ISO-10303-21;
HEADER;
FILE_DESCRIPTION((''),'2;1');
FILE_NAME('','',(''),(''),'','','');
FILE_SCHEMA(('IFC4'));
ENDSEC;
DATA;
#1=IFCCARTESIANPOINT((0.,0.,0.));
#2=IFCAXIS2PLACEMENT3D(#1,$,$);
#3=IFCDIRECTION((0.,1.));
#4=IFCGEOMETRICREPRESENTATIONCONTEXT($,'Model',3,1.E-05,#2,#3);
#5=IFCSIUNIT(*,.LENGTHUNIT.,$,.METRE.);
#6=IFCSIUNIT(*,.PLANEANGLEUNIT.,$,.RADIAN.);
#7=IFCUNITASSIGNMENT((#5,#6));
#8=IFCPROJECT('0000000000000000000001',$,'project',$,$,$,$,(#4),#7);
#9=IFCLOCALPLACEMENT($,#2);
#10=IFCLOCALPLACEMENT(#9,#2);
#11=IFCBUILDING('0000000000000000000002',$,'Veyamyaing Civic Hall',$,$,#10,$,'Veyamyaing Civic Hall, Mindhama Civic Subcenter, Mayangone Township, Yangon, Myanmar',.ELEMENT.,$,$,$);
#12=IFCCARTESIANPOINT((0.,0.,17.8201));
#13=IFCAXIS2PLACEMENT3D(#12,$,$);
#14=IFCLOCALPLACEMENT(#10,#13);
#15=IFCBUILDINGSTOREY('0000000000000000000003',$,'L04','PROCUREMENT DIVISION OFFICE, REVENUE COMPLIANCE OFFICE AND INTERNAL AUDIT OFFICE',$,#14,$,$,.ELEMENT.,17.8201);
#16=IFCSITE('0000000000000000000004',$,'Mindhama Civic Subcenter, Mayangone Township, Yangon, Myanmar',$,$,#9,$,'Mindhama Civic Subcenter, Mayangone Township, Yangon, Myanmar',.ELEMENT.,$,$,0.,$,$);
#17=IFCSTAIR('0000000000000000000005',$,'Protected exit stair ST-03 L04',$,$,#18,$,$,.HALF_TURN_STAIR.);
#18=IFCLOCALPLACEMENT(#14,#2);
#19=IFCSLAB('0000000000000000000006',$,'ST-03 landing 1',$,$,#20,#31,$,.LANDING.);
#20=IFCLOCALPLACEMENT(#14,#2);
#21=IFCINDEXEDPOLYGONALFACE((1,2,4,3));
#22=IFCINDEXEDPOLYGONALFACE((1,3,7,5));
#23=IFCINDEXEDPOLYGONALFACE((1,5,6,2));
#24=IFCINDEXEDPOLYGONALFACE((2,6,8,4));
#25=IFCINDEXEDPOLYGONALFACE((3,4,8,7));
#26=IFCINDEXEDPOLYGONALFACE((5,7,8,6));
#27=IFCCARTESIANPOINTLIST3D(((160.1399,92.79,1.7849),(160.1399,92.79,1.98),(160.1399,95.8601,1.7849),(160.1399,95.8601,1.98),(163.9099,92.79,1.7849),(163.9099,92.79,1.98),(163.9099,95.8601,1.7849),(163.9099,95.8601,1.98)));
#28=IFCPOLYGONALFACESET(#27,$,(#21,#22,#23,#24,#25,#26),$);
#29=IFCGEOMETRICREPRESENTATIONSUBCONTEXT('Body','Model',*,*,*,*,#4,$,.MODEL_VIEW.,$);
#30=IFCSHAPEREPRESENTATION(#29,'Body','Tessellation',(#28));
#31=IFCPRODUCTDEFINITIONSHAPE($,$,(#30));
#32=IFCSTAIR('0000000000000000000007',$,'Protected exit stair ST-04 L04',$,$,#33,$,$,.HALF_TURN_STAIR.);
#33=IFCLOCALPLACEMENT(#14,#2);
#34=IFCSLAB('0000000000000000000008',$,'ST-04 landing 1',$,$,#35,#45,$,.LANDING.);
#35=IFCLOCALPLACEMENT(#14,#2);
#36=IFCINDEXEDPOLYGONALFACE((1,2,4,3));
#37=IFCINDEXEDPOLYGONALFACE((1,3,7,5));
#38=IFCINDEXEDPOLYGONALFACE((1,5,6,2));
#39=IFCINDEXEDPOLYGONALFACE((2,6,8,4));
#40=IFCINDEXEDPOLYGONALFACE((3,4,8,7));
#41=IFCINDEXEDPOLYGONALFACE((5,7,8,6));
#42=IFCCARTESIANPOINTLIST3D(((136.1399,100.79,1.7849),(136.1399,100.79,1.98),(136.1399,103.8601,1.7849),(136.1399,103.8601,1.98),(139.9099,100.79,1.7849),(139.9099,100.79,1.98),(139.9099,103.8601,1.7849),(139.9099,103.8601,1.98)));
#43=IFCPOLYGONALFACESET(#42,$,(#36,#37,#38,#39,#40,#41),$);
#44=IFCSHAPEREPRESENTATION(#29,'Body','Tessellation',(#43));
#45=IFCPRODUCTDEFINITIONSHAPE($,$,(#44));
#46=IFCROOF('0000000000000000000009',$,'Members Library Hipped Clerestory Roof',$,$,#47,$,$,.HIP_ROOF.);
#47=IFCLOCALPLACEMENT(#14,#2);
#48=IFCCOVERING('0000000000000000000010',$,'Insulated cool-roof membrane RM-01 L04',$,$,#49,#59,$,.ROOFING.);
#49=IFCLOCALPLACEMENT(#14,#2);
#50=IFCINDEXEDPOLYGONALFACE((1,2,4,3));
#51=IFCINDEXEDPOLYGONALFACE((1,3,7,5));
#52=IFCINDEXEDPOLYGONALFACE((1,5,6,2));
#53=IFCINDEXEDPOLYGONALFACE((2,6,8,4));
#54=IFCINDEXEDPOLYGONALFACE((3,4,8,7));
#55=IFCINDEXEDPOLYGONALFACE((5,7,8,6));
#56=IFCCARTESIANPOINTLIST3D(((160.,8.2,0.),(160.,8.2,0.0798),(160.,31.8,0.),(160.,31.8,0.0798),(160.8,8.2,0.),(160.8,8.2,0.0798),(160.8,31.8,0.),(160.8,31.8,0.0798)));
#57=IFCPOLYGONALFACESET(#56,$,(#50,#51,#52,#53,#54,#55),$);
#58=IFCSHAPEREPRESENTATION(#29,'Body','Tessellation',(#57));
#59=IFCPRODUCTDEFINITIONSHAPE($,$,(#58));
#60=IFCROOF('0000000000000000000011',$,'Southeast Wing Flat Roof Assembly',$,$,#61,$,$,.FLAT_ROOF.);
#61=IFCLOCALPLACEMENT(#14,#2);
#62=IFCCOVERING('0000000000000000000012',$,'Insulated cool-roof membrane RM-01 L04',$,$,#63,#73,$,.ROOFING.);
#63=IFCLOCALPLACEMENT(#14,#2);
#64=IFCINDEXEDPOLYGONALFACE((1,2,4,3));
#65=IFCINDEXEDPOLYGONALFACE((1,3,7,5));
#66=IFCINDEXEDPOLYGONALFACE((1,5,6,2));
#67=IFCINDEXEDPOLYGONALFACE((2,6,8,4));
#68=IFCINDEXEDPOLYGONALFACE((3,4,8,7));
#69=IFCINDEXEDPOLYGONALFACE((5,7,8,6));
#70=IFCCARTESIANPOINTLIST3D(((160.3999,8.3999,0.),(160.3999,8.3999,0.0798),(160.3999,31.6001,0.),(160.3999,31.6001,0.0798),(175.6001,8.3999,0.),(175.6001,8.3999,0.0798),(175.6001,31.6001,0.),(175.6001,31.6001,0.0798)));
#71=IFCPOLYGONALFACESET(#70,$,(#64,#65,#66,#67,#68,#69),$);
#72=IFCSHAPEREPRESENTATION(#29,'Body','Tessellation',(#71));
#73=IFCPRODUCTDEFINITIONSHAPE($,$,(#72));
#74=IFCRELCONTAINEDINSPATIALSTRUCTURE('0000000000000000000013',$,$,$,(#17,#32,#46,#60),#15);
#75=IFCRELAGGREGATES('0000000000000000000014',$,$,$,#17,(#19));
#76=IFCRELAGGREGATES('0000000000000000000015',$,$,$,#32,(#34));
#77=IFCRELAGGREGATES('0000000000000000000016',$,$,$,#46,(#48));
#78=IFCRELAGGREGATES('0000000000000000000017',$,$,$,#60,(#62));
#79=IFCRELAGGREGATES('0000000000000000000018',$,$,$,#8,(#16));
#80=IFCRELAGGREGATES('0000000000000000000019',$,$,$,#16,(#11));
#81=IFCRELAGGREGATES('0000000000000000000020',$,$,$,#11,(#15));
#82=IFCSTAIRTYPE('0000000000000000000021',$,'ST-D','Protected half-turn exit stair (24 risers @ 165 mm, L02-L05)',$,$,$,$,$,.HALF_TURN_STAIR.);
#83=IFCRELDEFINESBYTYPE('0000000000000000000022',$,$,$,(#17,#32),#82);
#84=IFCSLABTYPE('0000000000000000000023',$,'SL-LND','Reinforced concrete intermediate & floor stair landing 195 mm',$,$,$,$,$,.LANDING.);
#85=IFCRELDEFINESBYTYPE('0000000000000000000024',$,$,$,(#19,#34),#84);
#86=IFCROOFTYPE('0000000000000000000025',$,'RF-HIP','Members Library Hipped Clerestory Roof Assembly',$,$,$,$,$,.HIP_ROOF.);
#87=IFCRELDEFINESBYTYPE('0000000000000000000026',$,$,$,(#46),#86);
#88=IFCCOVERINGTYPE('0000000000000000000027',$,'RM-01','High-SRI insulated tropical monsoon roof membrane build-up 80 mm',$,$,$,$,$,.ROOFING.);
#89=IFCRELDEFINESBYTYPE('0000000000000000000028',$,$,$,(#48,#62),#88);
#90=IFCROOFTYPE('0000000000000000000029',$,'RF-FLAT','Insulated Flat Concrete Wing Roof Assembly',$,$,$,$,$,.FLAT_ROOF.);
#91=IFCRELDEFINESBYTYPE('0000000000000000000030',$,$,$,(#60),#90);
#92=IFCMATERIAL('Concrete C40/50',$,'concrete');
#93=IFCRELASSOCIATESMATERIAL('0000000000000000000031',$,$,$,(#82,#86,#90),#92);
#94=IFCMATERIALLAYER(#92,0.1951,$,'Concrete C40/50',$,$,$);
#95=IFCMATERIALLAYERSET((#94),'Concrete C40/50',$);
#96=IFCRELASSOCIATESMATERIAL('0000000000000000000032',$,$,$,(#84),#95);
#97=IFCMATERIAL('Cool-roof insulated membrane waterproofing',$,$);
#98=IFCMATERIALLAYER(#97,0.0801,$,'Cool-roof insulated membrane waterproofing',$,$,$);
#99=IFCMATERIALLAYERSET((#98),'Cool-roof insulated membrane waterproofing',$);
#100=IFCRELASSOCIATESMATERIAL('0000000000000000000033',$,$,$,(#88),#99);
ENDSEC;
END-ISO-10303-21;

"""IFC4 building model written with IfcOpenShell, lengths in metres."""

from ifc_helpers import new_model, si_unit, direction, frame, origin, place, context, subcontext, project, spatial, polyline, outline, extrude, material, layer, layer_set, type_object, element, aggregate, save


model = new_model("IFC4")

# Units and contexts
model_context = context("Model", 3, precision=1e-05, world=origin(), true_north=direction((0.0, 1.0)))
body_context = subcontext(model_context, "Body", "Model", "MODEL_VIEW")
ifc_project = project(units=[si_unit("LENGTHUNIT", "METRE"), si_unit("PLANEANGLEUNIT", "RADIAN")], contexts=[model_context])

# Site, building, storey
site_placement = place(None, origin())
site = spatial("IfcSite", under=ifc_project, at=site_placement, Name="Mindhama Civic Subcenter, Mayangone Township, Yangon, Myanmar", LongName="Mindhama Civic Subcenter, Mayangone Township, Yangon, Myanmar", CompositionType="ELEMENT", RefElevation=0.0)
building_placement = place(site_placement, origin())
building = spatial("IfcBuilding", under=site, at=building_placement, Name="Veyamyaing Civic Hall", LongName="Veyamyaing Civic Hall, Mindhama Civic Subcenter, Mayangone Township, Yangon, Myanmar", CompositionType="ELEMENT")
storey_placement = place(building_placement, frame((0.0, 0.0, 17.8201)))
storey = spatial("IfcBuildingStorey", under=building, at=storey_placement, Name="L04", Description="PROCUREMENT DIVISION OFFICE, REVENUE COMPLIANCE OFFICE AND INTERNAL AUDIT OFFICE", CompositionType="ELEMENT", Elevation=17.8201)

# Shared definitions
ifc_material_1 = material(Name="Concrete C40/50", Category="concrete")

# Stairs, slabs
stair_type = type_object("IfcStairType", Name="ST-D", Description="Protected half-turn exit stair (24 risers @ 165 mm, L02-L05)", PredefinedType="HALF_TURN_STAIR", material=ifc_material_1)
ifc_layer_1 = layer(ifc_material_1, 0.1951, Name="Concrete C40/50")
ifc_layer_set_1 = layer_set([ifc_layer_1], Name="Concrete C40/50")
slab_type_1 = type_object("IfcSlabType", Name="SL-LND", Description="Reinforced concrete intermediate & floor stair landing 195 mm", PredefinedType="LANDING", material=ifc_layer_set_1)
stair_1_placement = place(storey_placement, origin())
stair_1 = element("IfcStair", 1, at=stair_1_placement, inside=storey, type_object=stair_type, Name="Protected exit stair ST-03 L04", PredefinedType="HALF_TURN_STAIR")
slab_1_placement = place(storey_placement, frame((0.0, 0.0, 1.7849)))
slab_1 = element("IfcSlab", 2, at=slab_1_placement, type_object=slab_type_1, Name="ST-03 landing 1", PredefinedType="LANDING", context=body_context, shape_type="SweptSolid", body=[
    extrude(outline(polyline([(160.1399, 92.79), (163.9099, 92.79), (163.9099, 95.8601), (160.1399, 95.8601), (160.1399, 92.79)])), origin(), (0.0, 0.0, 1.0), 0.1951),
])
aggregate(stair_1, [slab_1])
stair_2_placement = place(storey_placement, origin())
stair_2 = element("IfcStair", 3, at=stair_2_placement, inside=storey, type_object=stair_type, Name="Protected exit stair ST-04 L04", PredefinedType="HALF_TURN_STAIR")
slab_2_placement = place(storey_placement, frame((0.0, 0.0, 1.7849)))
slab_2 = element("IfcSlab", 4, at=slab_2_placement, type_object=slab_type_1, Name="ST-04 landing 1", PredefinedType="LANDING", context=body_context, shape_type="SweptSolid", body=[
    extrude(outline(polyline([(136.1399, 100.79), (139.9099, 100.79), (139.9099, 103.8601), (136.1399, 103.8601), (136.1399, 100.79)])), origin(), (0.0, 0.0, 1.0), 0.1951),
])
aggregate(stair_2, [slab_2])

# Roofs, coverings
roof_type_1 = type_object("IfcRoofType", Name="RF-HIP", Description="Members Library Hipped Clerestory Roof Assembly", PredefinedType="HIP_ROOF", material=ifc_material_1)
roof_1_placement = place(storey_placement, origin())
roof_1 = element("IfcRoof", 5, at=roof_1_placement, inside=storey, type_object=roof_type_1, Name="Members Library Hipped Clerestory Roof", PredefinedType="HIP_ROOF")
ifc_material_2 = material(Name="Cool-roof insulated membrane waterproofing")
ifc_layer_2 = layer(ifc_material_2, 0.0801, Name="Cool-roof insulated membrane waterproofing")
ifc_layer_set_2 = layer_set([ifc_layer_2], Name="Cool-roof insulated membrane waterproofing")
covering_type = type_object("IfcCoveringType", Name="RM-01", Description="High-SRI insulated tropical monsoon roof membrane build-up 80 mm", PredefinedType="ROOFING", material=ifc_layer_set_2)
covering_1_placement = place(storey_placement, origin())
covering_1 = element("IfcCovering", 6, at=covering_1_placement, type_object=covering_type, Name="Insulated cool-roof membrane RM-01 L04", PredefinedType="ROOFING", context=body_context, shape_type="SweptSolid", body=[
    extrude(outline(polyline([(160.0, 8.2), (160.8, 8.2), (160.8, 31.8), (160.0, 31.8), (160.0, 8.2)])), origin(), (0.0, 0.0, 1.0), 0.0798),
])
aggregate(roof_1, [covering_1])
roof_type_2 = type_object("IfcRoofType", Name="RF-FLAT", Description="Insulated Flat Concrete Wing Roof Assembly", PredefinedType="FLAT_ROOF", material=ifc_material_1)
roof_2_placement = place(storey_placement, origin())
roof_2 = element("IfcRoof", 7, at=roof_2_placement, inside=storey, type_object=roof_type_2, Name="Southeast Wing Flat Roof Assembly", PredefinedType="FLAT_ROOF")
covering_2_placement = place(storey_placement, origin())
covering_2 = element("IfcCovering", 8, at=covering_2_placement, type_object=covering_type, Name="Insulated cool-roof membrane RM-01 L04", PredefinedType="ROOFING", context=body_context, shape_type="SweptSolid", body=[
    extrude(outline(polyline([(160.3999, 8.3999), (175.6001, 8.3999), (175.6001, 31.6001), (160.3999, 31.6001), (160.3999, 8.3999)])), origin(), (0.0, 0.0, 1.0), 0.0798),
])
aggregate(roof_2, [covering_2])

save(model, "model.ifc")
